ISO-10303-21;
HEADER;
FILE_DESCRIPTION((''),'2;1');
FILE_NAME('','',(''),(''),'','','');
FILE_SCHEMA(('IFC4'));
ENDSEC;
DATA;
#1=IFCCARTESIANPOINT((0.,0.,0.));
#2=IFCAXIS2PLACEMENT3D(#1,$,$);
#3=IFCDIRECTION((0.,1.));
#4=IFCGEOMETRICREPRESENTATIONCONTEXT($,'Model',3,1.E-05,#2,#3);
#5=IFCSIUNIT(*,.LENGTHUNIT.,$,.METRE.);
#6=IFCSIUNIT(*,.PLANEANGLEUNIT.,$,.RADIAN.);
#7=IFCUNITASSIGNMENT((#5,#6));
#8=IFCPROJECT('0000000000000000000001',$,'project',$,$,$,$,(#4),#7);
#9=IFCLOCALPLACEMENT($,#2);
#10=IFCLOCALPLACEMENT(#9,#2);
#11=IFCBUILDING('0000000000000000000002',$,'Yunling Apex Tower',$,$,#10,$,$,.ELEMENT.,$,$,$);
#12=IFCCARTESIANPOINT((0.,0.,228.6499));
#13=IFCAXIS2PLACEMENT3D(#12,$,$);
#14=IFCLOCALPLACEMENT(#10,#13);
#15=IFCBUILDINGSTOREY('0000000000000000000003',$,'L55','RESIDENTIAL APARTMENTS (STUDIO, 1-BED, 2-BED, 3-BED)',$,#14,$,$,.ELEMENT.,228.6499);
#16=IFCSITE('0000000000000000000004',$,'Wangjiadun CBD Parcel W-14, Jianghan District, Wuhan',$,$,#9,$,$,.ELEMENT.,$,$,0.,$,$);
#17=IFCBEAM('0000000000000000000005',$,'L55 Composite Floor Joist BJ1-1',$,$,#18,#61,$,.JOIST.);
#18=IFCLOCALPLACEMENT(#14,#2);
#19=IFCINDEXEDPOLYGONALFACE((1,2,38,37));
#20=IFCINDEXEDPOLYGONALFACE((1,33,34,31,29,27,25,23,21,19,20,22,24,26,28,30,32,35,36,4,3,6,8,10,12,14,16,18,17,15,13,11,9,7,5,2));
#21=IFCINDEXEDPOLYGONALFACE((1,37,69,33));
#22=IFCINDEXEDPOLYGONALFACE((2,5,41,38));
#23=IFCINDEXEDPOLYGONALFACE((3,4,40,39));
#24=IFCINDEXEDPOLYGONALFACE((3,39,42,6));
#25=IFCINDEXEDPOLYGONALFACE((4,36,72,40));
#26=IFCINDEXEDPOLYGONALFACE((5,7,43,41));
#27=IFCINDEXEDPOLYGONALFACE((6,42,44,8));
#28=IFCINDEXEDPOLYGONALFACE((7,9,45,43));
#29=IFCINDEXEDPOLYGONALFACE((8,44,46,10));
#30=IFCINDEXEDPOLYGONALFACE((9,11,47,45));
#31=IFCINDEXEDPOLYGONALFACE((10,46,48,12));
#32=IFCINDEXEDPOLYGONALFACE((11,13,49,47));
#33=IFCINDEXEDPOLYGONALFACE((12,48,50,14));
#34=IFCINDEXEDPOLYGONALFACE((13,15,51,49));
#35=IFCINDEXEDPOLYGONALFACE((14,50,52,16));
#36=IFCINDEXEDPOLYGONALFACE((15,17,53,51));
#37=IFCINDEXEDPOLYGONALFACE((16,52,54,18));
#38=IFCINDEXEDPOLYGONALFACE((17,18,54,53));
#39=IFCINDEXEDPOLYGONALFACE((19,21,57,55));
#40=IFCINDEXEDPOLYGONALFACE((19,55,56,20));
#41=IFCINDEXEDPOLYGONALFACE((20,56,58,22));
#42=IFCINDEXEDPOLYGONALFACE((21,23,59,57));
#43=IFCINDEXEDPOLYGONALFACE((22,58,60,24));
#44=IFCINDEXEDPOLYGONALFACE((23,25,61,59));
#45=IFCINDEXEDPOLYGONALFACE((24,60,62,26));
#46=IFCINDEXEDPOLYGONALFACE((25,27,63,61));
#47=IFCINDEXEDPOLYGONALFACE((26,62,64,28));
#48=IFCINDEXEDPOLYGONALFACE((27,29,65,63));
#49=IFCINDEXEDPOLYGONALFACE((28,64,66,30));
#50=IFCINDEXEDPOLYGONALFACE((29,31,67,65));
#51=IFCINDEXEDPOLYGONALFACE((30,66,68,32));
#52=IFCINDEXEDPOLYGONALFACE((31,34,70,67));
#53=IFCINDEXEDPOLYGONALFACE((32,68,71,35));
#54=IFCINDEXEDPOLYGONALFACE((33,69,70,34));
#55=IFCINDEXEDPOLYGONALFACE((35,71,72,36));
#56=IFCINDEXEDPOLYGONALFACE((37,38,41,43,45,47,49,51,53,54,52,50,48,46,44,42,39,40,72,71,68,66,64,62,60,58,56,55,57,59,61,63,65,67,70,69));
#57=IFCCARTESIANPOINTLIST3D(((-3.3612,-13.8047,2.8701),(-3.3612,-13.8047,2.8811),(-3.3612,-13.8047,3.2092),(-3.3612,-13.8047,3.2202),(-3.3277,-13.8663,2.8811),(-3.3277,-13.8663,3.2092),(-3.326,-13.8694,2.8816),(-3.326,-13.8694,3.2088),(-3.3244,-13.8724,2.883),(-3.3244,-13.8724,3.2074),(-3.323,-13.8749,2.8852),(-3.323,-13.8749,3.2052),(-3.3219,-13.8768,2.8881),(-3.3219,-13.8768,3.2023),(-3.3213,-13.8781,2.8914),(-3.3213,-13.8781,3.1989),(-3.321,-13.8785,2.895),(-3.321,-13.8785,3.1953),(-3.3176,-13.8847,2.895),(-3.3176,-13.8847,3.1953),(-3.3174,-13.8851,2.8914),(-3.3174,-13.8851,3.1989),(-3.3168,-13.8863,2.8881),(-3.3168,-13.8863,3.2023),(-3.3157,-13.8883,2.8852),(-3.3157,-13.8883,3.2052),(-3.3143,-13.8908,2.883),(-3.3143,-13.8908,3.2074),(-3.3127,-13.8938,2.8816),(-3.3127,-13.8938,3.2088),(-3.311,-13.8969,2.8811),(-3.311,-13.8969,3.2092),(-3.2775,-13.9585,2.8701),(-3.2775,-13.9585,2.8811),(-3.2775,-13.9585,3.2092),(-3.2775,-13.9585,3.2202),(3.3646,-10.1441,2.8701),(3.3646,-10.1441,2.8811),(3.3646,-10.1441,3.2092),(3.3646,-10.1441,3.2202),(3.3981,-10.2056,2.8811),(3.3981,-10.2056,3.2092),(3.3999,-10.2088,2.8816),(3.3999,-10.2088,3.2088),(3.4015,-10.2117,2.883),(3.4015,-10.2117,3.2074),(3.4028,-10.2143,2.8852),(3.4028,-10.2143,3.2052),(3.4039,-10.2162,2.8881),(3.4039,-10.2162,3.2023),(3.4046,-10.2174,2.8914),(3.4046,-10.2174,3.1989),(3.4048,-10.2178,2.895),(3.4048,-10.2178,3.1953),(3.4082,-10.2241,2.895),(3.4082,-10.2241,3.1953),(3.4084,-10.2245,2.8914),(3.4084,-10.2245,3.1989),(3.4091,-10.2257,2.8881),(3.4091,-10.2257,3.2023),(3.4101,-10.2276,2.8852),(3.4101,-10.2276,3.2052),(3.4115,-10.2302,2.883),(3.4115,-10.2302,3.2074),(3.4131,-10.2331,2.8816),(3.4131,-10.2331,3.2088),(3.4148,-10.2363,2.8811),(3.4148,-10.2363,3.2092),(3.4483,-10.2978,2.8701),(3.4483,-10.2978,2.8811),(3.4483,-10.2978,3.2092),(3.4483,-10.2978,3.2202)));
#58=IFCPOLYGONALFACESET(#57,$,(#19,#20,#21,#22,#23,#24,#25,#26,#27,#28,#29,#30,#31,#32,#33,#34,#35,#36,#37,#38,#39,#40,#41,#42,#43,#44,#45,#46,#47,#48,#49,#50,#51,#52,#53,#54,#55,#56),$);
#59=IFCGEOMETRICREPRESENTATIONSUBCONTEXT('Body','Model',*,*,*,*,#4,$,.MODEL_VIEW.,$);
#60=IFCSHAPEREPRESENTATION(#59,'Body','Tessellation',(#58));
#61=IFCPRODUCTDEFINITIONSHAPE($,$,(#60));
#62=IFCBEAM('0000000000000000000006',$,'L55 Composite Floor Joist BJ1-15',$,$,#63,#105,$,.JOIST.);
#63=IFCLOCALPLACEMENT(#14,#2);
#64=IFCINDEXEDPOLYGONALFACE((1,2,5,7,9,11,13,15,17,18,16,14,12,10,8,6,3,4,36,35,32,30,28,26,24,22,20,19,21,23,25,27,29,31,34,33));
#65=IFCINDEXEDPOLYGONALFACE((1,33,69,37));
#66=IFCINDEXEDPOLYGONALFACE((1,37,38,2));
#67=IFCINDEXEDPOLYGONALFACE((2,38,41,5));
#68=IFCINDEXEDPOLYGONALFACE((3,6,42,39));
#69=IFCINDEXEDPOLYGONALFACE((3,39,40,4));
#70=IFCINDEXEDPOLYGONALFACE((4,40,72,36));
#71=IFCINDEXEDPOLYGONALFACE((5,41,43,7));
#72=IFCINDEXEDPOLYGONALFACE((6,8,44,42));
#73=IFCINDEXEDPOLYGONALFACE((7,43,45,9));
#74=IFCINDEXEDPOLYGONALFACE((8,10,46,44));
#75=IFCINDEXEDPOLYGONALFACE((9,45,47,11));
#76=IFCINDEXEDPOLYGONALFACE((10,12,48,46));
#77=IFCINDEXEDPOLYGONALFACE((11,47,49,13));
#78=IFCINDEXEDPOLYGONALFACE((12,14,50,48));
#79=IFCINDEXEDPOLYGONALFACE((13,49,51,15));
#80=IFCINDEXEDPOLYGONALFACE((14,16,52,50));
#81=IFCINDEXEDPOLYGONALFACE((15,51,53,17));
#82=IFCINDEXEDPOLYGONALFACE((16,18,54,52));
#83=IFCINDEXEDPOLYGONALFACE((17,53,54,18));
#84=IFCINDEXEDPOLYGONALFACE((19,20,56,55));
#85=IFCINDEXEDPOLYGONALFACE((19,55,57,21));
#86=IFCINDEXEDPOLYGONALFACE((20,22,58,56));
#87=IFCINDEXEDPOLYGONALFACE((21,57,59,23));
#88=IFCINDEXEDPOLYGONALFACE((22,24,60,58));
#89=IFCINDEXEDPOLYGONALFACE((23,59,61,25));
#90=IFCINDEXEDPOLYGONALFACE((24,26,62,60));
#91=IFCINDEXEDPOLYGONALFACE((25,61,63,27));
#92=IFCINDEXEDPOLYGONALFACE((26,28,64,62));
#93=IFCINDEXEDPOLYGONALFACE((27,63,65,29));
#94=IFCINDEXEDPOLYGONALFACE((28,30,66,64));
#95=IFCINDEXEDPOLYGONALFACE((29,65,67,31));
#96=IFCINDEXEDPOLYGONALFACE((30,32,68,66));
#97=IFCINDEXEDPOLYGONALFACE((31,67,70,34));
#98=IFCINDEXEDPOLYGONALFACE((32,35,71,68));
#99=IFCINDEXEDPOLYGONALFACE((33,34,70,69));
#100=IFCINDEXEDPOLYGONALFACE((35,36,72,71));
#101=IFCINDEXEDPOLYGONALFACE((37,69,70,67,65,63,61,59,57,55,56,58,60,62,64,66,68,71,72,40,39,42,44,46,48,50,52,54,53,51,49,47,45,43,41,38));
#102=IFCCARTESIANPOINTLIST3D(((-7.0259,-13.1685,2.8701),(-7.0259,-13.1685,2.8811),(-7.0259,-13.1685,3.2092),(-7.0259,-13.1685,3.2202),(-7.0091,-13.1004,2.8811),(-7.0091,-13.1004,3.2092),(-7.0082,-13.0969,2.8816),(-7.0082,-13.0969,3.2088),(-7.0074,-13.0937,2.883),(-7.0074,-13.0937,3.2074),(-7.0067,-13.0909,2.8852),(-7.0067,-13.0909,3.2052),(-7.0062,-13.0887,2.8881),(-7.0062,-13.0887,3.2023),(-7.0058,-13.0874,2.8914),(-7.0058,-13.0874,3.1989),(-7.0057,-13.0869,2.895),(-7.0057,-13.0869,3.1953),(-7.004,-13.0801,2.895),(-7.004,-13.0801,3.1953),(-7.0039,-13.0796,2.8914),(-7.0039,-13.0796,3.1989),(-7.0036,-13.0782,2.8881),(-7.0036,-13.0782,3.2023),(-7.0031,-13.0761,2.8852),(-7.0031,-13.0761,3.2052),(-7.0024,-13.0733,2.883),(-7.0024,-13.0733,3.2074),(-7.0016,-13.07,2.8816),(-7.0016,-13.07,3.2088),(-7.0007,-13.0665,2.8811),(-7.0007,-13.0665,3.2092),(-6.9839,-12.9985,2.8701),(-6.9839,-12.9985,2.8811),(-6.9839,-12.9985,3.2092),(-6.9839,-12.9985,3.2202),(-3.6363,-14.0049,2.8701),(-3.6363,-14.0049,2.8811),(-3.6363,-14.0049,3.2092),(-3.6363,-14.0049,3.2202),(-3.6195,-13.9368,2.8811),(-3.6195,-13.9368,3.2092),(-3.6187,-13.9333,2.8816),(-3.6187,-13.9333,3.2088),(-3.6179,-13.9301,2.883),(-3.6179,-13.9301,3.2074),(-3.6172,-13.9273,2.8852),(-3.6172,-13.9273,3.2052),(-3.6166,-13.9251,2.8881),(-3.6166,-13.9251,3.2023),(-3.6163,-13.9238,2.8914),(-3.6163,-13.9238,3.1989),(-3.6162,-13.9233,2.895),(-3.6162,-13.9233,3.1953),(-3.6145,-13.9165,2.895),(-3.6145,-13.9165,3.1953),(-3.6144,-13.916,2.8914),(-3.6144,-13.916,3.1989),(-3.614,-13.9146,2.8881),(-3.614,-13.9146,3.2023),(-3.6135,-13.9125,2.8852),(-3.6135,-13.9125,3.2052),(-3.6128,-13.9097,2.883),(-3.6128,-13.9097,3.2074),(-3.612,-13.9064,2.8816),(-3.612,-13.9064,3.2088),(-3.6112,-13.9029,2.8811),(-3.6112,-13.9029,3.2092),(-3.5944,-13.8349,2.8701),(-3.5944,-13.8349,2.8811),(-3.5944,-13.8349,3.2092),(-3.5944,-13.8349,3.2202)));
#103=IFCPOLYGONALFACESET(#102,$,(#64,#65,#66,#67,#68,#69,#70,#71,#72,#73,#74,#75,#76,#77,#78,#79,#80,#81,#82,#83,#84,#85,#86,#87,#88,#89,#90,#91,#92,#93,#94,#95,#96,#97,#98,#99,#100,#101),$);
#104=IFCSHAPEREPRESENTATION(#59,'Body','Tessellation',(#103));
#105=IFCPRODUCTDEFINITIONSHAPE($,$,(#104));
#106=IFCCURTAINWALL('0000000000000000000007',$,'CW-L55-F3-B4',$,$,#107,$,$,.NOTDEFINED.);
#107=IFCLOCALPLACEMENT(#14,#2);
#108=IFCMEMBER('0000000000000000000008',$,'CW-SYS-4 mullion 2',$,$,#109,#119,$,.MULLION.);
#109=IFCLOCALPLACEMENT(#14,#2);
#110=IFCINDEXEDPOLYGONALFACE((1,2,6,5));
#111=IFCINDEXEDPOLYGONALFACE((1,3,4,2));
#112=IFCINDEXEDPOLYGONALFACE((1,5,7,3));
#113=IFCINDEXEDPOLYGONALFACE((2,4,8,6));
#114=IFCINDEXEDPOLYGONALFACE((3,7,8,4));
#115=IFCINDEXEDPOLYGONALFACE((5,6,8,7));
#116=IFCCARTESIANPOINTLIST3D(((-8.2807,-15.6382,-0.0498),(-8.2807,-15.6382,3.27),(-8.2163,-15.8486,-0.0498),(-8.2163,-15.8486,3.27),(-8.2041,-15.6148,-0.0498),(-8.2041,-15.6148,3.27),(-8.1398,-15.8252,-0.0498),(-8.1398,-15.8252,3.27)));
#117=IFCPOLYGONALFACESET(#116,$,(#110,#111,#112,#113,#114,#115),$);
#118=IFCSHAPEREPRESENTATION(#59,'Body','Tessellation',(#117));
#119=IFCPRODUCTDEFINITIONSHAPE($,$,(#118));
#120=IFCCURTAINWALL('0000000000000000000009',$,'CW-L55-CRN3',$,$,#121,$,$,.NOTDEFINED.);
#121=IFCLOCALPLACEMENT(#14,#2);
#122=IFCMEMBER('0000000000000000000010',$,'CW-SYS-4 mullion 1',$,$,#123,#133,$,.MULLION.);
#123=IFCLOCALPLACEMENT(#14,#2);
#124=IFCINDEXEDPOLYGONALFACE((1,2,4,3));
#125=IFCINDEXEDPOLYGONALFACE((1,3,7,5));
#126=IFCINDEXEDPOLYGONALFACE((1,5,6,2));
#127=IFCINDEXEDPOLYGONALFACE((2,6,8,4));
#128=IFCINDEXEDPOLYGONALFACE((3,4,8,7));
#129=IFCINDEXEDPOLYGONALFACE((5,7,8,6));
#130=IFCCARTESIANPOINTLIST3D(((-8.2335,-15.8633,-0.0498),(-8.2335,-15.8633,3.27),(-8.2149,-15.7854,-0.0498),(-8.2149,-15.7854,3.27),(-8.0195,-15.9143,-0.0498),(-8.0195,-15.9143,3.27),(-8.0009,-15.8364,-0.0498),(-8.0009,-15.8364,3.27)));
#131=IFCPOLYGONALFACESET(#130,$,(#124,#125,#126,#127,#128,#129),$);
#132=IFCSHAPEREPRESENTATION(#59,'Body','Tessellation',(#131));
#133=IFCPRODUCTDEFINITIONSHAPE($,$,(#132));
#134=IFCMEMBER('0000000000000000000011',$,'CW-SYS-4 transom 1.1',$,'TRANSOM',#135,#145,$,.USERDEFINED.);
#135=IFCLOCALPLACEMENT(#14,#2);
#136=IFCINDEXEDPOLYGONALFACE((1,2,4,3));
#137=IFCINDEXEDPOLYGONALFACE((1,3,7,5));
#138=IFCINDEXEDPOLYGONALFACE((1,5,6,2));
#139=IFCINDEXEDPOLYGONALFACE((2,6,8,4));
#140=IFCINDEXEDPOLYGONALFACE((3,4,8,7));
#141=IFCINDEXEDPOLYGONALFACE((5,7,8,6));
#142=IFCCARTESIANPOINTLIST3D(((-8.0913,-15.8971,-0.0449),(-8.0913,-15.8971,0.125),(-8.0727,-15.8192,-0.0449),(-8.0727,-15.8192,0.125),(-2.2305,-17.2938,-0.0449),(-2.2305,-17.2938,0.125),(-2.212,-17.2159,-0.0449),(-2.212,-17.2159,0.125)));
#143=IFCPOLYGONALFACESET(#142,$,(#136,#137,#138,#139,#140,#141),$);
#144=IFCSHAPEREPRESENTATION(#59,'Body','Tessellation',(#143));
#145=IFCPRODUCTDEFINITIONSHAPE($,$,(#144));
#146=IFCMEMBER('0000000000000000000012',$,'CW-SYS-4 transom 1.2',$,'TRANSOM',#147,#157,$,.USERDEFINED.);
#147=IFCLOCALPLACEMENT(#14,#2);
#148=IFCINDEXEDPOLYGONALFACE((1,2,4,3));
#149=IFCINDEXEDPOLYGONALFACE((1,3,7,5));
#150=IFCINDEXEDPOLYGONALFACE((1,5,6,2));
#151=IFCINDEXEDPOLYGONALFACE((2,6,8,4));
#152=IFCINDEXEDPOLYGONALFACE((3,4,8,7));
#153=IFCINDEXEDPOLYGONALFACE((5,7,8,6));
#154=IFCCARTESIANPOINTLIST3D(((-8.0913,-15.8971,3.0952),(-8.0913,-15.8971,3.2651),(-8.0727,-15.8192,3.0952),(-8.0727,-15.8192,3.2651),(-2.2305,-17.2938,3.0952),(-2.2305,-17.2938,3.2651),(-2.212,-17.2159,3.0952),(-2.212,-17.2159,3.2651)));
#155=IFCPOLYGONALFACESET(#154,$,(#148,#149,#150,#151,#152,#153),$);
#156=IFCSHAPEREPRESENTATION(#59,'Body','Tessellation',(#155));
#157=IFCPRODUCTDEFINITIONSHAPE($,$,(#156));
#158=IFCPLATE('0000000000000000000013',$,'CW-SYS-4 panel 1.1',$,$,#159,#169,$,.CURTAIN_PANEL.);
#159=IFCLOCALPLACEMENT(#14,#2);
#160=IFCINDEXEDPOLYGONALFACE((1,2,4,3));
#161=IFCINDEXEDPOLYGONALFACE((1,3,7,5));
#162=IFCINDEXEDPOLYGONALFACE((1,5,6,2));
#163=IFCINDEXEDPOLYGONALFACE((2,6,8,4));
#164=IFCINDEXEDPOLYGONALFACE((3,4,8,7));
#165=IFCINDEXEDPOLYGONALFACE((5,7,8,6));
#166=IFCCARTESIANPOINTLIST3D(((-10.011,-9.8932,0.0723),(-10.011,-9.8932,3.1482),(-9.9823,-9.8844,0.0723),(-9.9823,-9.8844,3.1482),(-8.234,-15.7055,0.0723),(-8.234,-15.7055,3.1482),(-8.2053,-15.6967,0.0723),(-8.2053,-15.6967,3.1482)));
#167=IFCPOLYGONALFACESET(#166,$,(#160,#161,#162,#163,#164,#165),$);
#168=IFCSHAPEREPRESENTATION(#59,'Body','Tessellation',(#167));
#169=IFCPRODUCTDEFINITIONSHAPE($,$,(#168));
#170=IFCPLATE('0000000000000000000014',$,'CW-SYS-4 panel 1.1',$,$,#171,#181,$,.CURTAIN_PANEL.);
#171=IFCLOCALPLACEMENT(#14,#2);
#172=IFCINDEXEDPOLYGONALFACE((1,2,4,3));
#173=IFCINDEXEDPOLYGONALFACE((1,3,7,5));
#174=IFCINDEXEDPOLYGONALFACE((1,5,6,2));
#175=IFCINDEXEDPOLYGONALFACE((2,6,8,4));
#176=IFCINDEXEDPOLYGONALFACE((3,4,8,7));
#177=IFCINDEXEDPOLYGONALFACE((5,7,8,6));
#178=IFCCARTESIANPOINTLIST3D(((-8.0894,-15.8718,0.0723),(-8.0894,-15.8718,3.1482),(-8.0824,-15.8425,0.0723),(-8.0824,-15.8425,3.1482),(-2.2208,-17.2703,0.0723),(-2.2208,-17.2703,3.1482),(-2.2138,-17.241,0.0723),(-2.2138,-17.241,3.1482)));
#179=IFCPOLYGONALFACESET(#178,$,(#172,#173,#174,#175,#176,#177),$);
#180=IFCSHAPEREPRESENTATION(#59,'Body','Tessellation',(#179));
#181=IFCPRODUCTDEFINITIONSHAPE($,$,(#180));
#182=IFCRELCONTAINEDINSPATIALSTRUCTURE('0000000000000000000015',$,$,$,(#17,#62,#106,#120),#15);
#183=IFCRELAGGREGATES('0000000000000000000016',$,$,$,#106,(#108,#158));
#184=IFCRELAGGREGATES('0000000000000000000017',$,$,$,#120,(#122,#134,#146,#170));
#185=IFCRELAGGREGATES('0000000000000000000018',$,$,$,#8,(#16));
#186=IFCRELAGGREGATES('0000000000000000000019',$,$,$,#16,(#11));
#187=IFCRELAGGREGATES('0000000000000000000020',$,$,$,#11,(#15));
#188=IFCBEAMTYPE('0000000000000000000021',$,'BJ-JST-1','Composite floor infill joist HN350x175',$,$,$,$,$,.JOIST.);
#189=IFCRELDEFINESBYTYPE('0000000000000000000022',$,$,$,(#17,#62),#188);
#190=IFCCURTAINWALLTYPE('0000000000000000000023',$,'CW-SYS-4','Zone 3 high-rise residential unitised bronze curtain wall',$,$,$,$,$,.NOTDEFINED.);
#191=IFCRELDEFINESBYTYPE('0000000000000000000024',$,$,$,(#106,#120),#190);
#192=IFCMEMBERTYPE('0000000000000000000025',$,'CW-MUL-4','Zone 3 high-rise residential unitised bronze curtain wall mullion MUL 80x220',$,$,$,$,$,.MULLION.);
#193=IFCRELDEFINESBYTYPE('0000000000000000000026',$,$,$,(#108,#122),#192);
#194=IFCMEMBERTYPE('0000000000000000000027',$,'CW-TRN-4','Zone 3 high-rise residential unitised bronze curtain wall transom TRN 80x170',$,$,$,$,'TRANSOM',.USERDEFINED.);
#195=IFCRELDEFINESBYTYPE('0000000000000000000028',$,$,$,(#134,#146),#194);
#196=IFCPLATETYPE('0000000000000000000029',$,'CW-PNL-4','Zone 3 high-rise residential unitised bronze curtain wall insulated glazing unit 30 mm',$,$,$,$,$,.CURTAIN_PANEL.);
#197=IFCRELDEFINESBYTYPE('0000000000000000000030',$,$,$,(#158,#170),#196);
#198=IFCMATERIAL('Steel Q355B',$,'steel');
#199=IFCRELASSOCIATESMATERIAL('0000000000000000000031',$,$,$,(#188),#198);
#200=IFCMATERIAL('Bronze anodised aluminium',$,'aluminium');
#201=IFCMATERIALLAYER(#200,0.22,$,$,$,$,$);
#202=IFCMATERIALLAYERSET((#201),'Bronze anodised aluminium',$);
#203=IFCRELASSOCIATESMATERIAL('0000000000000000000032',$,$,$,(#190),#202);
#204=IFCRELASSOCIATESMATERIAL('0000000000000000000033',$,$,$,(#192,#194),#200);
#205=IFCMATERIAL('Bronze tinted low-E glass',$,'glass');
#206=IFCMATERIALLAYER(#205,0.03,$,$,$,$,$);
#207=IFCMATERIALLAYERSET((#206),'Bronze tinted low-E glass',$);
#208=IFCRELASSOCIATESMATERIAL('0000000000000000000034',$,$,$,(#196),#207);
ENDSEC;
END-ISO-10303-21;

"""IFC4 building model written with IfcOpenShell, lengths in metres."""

from ifc_helpers import new_model, si_unit, direction, frame, origin, origin_2d, place, context, subcontext, project, spatial, rectangle, i_section, extrude, source, transform, mapped, material, layer, layer_set, material_profile, profile_set, type_object, element, aggregate, save


model = new_model("IFC4")

# Units and contexts
model_context = context("Model", 3, precision=1e-05, world=origin(), true_north=direction((0.0, 1.0)))
body_context = subcontext(model_context, "Body", "Model", "MODEL_VIEW")
ifc_project = project(units=[si_unit("LENGTHUNIT", "METRE"), si_unit("PLANEANGLEUNIT", "RADIAN")], contexts=[model_context])

# Site, building, storey
site_placement = place(None, origin())
site = spatial("IfcSite", under=ifc_project, at=site_placement, Name="Wangjiadun CBD Parcel W-14, Jianghan District, Wuhan", CompositionType="ELEMENT", RefElevation=0.0)
building_placement = place(site_placement, origin())
building = spatial("IfcBuilding", under=site, at=building_placement, Name="Yunling Apex Tower", CompositionType="ELEMENT")
storey_placement = place(building_placement, frame((0.0, 0.0, 228.6499)))
storey = spatial("IfcBuildingStorey", under=building, at=storey_placement, Name="L55", Description="RESIDENTIAL APARTMENTS (STUDIO, 1-BED, 2-BED, 3-BED)", CompositionType="ELEMENT", Elevation=228.6499)

# Beams
ifc_material_1 = material(Name="Steel Q355B", Category="steel")
ifc_material_profile_1 = material_profile(ifc_material_1, i_section(OverallWidth=0.175, OverallDepth=0.3501, WebThickness=0.0071, FlangeThickness=0.011, FilletRadius=0.0139, at=origin_2d()))
ifc_profile_set_1 = profile_set([ifc_material_profile_1], Name="Steel Q355B")
beam_type_1 = type_object("IfcBeamType", Name="BJ-JST-1", Description="Composite floor infill joist HN350x175", PredefinedType="JOIST", material=ifc_profile_set_1)
shared_shape_1 = source(origin(), body_context, "Body", "SweptSolid", [
    extrude(i_section(OverallWidth=0.175, OverallDepth=0.3501, WebThickness=0.0071, FlangeThickness=0.011, FilletRadius=0.0139, at=origin_2d()), origin(), (0.0, 0.0, 1.0), 7.6575),
])
beam_1_placement = place(storey_placement, frame((-3.3193, -13.8816, 3.0452), z_axis=(0.878334, 0.478048, 0.0), x_axis=(-0.478048, 0.878334, 0.0)))
element("IfcBeam", 1, at=beam_1_placement, inside=storey, type_object=beam_type_1, Name="L55 Composite Floor Joist BJ1-1", PredefinedType="JOIST", context=body_context, shape_type="MappedRepresentation", body=[
    mapped(shared_shape_1, transform((0.0, 0.0, 0.0), scale=1.0)),
])
shared_shape_2 = source(origin(), body_context, "Body", "SweptSolid", [
    extrude(i_section(OverallWidth=0.175, OverallDepth=0.3501, WebThickness=0.0071, FlangeThickness=0.011, FilletRadius=0.0139, at=origin_2d()), origin(), (0.0, 0.0, 1.0), 3.4912),
])
beam_2_placement = place(storey_placement, frame((-7.0049, -13.0835, 3.0452), z_axis=(0.970878, -0.239573, 0.0), x_axis=(0.239573, 0.970878, 0.0)))
element("IfcBeam", 2, at=beam_2_placement, inside=storey, type_object=beam_type_1, Name="L55 Composite Floor Joist BJ1-15", PredefinedType="JOIST", context=body_context, shape_type="MappedRepresentation", body=[
    mapped(shared_shape_2, transform((0.0, 0.0, 0.0), scale=1.0)),
])

# Curtain wall, member
ifc_material_2 = material(Name="Bronze anodised aluminium", Category="aluminium")
ifc_layer_1 = layer(ifc_material_2, 0.22)
ifc_layer_set_1 = layer_set([ifc_layer_1], Name="Bronze anodised aluminium")
curtain_wall_type = type_object("IfcCurtainWallType", Name="CW-SYS-4", Description="Zone 3 high-rise residential unitised bronze curtain wall", PredefinedType="NOTDEFINED", material=ifc_layer_set_1)
curtain_wall_1_placement = place(storey_placement, origin())
curtain_wall_1 = element("IfcCurtainWall", 3, at=curtain_wall_1_placement, inside=storey, type_object=curtain_wall_type, Name="CW-L55-F3-B4", PredefinedType="NOTDEFINED")
ifc_material_profile_2 = material_profile(ifc_material_2, rectangle(XDim=0.0801, YDim=0.22, at=origin_2d()))
ifc_profile_set_2 = profile_set([ifc_material_profile_2], Name="Bronze anodised aluminium")
member_type_1 = type_object("IfcMemberType", Name="CW-MUL-4", Description="Zone 3 high-rise residential unitised bronze curtain wall mullion MUL 80x220", PredefinedType="MULLION", material=ifc_profile_set_2)
shared_shape_3 = source(origin(), body_context, "Body", "SweptSolid", [
    extrude(rectangle(XDim=0.0801, YDim=0.22, at=origin_2d()), origin(), (0.0, 0.0, 1.0), 3.3198),
])
member_1_placement = place(storey_placement, frame((-8.2102, -15.7317, -0.0498), z_axis=(0.0, 0.0, 1.0), x_axis=(0.956305, 0.292372, 0.0)))
member_1 = element("IfcMember", 4, at=member_1_placement, type_object=member_type_1, Name="CW-SYS-4 mullion 2", PredefinedType="MULLION", context=body_context, shape_type="MappedRepresentation", body=[
    mapped(shared_shape_3, transform((0.0, 0.0, 0.0), scale=1.0)),
])

# Curtain wall, members
curtain_wall_2_placement = place(storey_placement, origin())
curtain_wall_2 = element("IfcCurtainWall", 5, at=curtain_wall_2_placement, inside=storey, type_object=curtain_wall_type, Name="CW-L55-CRN3", PredefinedType="NOTDEFINED")
member_2_placement = place(storey_placement, frame((-8.1172, -15.8499, -0.0498), z_axis=(0.0, 0.0, 1.0), x_axis=(0.231809, 0.972761, 0.0)))
member_2 = element("IfcMember", 6, at=member_2_placement, type_object=member_type_1, Name="CW-SYS-4 mullion 1", PredefinedType="MULLION", context=body_context, shape_type="MappedRepresentation", body=[
    mapped(shared_shape_3, transform((0.0, 0.0, 0.0), scale=1.0)),
])
ifc_material_profile_3 = material_profile(ifc_material_2, rectangle(XDim=0.0801, YDim=0.1699, at=origin_2d()))
ifc_profile_set_3 = profile_set([ifc_material_profile_3], Name="Bronze anodised aluminium")
member_type_2 = type_object("IfcMemberType", Name="CW-TRN-4", Description="Zone 3 high-rise residential unitised bronze curtain wall transom TRN 80x170", ElementType="TRANSOM", PredefinedType="USERDEFINED", material=ifc_profile_set_3)
shared_shape_4 = source(origin(), body_context, "Body", "SweptSolid", [
    extrude(rectangle(XDim=0.0801, YDim=0.1699, at=origin_2d()), origin(), (0.0, 0.0, 1.0), 6.0249),
])
member_3_placement = place(storey_placement, frame((-8.082, -15.8582, 0.04), z_axis=(0.972758, -0.231823, 0.0), x_axis=(0.231823, 0.972758, 0.0)))
member_3 = element("IfcMember", 7, at=member_3_placement, type_object=member_type_2, Name="CW-SYS-4 transom 1.1", ObjectType="TRANSOM", PredefinedType="USERDEFINED", context=body_context, shape_type="MappedRepresentation", body=[
    mapped(shared_shape_4, transform((0.0, 0.0, 0.0), scale=1.0)),
])
member_4_placement = place(storey_placement, frame((-8.082, -15.8582, 3.1802), z_axis=(0.972758, -0.231823, 0.0), x_axis=(0.231823, 0.972758, 0.0)))
member_4 = element("IfcMember", 8, at=member_4_placement, type_object=member_type_2, Name="CW-SYS-4 transom 1.2", ObjectType="TRANSOM", PredefinedType="USERDEFINED", context=body_context, shape_type="MappedRepresentation", body=[
    mapped(shared_shape_4, transform((0.0, 0.0, 0.0), scale=1.0)),
])

# Plates
ifc_material_3 = material(Name="Bronze tinted low-E glass", Category="glass")
ifc_layer_2 = layer(ifc_material_3, 0.03)
ifc_layer_set_2 = layer_set([ifc_layer_2], Name="Bronze tinted low-E glass")
plate_type = type_object("IfcPlateType", Name="CW-PNL-4", Description="Zone 3 high-rise residential unitised bronze curtain wall insulated glazing unit 30 mm", PredefinedType="CURTAIN_PANEL", material=ifc_layer_set_2)
shared_shape_5 = source(origin(), body_context, "Body", "SweptSolid", [
    extrude(rectangle(XDim=6.0779, YDim=0.03, at=origin_2d()), origin(), (0.0, 0.0, 1.0), 3.0759),
])
plate_1_placement = place(storey_placement, frame((-9.1082, -12.7949, 0.0723), z_axis=(0.0, 0.0, 1.0), x_axis=(0.292372, -0.956305, 0.0)))
plate_1 = element("IfcPlate", 9, at=plate_1_placement, type_object=plate_type, Name="CW-SYS-4 panel 1.1", PredefinedType="CURTAIN_PANEL", context=body_context, shape_type="MappedRepresentation", body=[
    mapped(shared_shape_5, transform((0.0, 0.0, 0.0), scale=1.0)),
])
aggregate(curtain_wall_1, [member_1, plate_1])
shared_shape_6 = source(origin(), body_context, "Body", "SweptSolid", [
    extrude(rectangle(XDim=6.033, YDim=0.03, at=origin_2d()), origin(), (0.0, 0.0, 1.0), 3.0759),
])
plate_2_placement = place(storey_placement, frame((-5.1516, -16.5564, 0.0723), z_axis=(0.0, 0.0, 1.0), x_axis=(0.972761, -0.231809, 0.0)))
plate_2 = element("IfcPlate", 10, at=plate_2_placement, type_object=plate_type, Name="CW-SYS-4 panel 1.1", PredefinedType="CURTAIN_PANEL", context=body_context, shape_type="MappedRepresentation", body=[
    mapped(shared_shape_6, transform((0.0, 0.0, 0.0), scale=1.0)),
])
aggregate(curtain_wall_2, [member_2, member_3, member_4, plate_2])

save(model, "model.ifc")
